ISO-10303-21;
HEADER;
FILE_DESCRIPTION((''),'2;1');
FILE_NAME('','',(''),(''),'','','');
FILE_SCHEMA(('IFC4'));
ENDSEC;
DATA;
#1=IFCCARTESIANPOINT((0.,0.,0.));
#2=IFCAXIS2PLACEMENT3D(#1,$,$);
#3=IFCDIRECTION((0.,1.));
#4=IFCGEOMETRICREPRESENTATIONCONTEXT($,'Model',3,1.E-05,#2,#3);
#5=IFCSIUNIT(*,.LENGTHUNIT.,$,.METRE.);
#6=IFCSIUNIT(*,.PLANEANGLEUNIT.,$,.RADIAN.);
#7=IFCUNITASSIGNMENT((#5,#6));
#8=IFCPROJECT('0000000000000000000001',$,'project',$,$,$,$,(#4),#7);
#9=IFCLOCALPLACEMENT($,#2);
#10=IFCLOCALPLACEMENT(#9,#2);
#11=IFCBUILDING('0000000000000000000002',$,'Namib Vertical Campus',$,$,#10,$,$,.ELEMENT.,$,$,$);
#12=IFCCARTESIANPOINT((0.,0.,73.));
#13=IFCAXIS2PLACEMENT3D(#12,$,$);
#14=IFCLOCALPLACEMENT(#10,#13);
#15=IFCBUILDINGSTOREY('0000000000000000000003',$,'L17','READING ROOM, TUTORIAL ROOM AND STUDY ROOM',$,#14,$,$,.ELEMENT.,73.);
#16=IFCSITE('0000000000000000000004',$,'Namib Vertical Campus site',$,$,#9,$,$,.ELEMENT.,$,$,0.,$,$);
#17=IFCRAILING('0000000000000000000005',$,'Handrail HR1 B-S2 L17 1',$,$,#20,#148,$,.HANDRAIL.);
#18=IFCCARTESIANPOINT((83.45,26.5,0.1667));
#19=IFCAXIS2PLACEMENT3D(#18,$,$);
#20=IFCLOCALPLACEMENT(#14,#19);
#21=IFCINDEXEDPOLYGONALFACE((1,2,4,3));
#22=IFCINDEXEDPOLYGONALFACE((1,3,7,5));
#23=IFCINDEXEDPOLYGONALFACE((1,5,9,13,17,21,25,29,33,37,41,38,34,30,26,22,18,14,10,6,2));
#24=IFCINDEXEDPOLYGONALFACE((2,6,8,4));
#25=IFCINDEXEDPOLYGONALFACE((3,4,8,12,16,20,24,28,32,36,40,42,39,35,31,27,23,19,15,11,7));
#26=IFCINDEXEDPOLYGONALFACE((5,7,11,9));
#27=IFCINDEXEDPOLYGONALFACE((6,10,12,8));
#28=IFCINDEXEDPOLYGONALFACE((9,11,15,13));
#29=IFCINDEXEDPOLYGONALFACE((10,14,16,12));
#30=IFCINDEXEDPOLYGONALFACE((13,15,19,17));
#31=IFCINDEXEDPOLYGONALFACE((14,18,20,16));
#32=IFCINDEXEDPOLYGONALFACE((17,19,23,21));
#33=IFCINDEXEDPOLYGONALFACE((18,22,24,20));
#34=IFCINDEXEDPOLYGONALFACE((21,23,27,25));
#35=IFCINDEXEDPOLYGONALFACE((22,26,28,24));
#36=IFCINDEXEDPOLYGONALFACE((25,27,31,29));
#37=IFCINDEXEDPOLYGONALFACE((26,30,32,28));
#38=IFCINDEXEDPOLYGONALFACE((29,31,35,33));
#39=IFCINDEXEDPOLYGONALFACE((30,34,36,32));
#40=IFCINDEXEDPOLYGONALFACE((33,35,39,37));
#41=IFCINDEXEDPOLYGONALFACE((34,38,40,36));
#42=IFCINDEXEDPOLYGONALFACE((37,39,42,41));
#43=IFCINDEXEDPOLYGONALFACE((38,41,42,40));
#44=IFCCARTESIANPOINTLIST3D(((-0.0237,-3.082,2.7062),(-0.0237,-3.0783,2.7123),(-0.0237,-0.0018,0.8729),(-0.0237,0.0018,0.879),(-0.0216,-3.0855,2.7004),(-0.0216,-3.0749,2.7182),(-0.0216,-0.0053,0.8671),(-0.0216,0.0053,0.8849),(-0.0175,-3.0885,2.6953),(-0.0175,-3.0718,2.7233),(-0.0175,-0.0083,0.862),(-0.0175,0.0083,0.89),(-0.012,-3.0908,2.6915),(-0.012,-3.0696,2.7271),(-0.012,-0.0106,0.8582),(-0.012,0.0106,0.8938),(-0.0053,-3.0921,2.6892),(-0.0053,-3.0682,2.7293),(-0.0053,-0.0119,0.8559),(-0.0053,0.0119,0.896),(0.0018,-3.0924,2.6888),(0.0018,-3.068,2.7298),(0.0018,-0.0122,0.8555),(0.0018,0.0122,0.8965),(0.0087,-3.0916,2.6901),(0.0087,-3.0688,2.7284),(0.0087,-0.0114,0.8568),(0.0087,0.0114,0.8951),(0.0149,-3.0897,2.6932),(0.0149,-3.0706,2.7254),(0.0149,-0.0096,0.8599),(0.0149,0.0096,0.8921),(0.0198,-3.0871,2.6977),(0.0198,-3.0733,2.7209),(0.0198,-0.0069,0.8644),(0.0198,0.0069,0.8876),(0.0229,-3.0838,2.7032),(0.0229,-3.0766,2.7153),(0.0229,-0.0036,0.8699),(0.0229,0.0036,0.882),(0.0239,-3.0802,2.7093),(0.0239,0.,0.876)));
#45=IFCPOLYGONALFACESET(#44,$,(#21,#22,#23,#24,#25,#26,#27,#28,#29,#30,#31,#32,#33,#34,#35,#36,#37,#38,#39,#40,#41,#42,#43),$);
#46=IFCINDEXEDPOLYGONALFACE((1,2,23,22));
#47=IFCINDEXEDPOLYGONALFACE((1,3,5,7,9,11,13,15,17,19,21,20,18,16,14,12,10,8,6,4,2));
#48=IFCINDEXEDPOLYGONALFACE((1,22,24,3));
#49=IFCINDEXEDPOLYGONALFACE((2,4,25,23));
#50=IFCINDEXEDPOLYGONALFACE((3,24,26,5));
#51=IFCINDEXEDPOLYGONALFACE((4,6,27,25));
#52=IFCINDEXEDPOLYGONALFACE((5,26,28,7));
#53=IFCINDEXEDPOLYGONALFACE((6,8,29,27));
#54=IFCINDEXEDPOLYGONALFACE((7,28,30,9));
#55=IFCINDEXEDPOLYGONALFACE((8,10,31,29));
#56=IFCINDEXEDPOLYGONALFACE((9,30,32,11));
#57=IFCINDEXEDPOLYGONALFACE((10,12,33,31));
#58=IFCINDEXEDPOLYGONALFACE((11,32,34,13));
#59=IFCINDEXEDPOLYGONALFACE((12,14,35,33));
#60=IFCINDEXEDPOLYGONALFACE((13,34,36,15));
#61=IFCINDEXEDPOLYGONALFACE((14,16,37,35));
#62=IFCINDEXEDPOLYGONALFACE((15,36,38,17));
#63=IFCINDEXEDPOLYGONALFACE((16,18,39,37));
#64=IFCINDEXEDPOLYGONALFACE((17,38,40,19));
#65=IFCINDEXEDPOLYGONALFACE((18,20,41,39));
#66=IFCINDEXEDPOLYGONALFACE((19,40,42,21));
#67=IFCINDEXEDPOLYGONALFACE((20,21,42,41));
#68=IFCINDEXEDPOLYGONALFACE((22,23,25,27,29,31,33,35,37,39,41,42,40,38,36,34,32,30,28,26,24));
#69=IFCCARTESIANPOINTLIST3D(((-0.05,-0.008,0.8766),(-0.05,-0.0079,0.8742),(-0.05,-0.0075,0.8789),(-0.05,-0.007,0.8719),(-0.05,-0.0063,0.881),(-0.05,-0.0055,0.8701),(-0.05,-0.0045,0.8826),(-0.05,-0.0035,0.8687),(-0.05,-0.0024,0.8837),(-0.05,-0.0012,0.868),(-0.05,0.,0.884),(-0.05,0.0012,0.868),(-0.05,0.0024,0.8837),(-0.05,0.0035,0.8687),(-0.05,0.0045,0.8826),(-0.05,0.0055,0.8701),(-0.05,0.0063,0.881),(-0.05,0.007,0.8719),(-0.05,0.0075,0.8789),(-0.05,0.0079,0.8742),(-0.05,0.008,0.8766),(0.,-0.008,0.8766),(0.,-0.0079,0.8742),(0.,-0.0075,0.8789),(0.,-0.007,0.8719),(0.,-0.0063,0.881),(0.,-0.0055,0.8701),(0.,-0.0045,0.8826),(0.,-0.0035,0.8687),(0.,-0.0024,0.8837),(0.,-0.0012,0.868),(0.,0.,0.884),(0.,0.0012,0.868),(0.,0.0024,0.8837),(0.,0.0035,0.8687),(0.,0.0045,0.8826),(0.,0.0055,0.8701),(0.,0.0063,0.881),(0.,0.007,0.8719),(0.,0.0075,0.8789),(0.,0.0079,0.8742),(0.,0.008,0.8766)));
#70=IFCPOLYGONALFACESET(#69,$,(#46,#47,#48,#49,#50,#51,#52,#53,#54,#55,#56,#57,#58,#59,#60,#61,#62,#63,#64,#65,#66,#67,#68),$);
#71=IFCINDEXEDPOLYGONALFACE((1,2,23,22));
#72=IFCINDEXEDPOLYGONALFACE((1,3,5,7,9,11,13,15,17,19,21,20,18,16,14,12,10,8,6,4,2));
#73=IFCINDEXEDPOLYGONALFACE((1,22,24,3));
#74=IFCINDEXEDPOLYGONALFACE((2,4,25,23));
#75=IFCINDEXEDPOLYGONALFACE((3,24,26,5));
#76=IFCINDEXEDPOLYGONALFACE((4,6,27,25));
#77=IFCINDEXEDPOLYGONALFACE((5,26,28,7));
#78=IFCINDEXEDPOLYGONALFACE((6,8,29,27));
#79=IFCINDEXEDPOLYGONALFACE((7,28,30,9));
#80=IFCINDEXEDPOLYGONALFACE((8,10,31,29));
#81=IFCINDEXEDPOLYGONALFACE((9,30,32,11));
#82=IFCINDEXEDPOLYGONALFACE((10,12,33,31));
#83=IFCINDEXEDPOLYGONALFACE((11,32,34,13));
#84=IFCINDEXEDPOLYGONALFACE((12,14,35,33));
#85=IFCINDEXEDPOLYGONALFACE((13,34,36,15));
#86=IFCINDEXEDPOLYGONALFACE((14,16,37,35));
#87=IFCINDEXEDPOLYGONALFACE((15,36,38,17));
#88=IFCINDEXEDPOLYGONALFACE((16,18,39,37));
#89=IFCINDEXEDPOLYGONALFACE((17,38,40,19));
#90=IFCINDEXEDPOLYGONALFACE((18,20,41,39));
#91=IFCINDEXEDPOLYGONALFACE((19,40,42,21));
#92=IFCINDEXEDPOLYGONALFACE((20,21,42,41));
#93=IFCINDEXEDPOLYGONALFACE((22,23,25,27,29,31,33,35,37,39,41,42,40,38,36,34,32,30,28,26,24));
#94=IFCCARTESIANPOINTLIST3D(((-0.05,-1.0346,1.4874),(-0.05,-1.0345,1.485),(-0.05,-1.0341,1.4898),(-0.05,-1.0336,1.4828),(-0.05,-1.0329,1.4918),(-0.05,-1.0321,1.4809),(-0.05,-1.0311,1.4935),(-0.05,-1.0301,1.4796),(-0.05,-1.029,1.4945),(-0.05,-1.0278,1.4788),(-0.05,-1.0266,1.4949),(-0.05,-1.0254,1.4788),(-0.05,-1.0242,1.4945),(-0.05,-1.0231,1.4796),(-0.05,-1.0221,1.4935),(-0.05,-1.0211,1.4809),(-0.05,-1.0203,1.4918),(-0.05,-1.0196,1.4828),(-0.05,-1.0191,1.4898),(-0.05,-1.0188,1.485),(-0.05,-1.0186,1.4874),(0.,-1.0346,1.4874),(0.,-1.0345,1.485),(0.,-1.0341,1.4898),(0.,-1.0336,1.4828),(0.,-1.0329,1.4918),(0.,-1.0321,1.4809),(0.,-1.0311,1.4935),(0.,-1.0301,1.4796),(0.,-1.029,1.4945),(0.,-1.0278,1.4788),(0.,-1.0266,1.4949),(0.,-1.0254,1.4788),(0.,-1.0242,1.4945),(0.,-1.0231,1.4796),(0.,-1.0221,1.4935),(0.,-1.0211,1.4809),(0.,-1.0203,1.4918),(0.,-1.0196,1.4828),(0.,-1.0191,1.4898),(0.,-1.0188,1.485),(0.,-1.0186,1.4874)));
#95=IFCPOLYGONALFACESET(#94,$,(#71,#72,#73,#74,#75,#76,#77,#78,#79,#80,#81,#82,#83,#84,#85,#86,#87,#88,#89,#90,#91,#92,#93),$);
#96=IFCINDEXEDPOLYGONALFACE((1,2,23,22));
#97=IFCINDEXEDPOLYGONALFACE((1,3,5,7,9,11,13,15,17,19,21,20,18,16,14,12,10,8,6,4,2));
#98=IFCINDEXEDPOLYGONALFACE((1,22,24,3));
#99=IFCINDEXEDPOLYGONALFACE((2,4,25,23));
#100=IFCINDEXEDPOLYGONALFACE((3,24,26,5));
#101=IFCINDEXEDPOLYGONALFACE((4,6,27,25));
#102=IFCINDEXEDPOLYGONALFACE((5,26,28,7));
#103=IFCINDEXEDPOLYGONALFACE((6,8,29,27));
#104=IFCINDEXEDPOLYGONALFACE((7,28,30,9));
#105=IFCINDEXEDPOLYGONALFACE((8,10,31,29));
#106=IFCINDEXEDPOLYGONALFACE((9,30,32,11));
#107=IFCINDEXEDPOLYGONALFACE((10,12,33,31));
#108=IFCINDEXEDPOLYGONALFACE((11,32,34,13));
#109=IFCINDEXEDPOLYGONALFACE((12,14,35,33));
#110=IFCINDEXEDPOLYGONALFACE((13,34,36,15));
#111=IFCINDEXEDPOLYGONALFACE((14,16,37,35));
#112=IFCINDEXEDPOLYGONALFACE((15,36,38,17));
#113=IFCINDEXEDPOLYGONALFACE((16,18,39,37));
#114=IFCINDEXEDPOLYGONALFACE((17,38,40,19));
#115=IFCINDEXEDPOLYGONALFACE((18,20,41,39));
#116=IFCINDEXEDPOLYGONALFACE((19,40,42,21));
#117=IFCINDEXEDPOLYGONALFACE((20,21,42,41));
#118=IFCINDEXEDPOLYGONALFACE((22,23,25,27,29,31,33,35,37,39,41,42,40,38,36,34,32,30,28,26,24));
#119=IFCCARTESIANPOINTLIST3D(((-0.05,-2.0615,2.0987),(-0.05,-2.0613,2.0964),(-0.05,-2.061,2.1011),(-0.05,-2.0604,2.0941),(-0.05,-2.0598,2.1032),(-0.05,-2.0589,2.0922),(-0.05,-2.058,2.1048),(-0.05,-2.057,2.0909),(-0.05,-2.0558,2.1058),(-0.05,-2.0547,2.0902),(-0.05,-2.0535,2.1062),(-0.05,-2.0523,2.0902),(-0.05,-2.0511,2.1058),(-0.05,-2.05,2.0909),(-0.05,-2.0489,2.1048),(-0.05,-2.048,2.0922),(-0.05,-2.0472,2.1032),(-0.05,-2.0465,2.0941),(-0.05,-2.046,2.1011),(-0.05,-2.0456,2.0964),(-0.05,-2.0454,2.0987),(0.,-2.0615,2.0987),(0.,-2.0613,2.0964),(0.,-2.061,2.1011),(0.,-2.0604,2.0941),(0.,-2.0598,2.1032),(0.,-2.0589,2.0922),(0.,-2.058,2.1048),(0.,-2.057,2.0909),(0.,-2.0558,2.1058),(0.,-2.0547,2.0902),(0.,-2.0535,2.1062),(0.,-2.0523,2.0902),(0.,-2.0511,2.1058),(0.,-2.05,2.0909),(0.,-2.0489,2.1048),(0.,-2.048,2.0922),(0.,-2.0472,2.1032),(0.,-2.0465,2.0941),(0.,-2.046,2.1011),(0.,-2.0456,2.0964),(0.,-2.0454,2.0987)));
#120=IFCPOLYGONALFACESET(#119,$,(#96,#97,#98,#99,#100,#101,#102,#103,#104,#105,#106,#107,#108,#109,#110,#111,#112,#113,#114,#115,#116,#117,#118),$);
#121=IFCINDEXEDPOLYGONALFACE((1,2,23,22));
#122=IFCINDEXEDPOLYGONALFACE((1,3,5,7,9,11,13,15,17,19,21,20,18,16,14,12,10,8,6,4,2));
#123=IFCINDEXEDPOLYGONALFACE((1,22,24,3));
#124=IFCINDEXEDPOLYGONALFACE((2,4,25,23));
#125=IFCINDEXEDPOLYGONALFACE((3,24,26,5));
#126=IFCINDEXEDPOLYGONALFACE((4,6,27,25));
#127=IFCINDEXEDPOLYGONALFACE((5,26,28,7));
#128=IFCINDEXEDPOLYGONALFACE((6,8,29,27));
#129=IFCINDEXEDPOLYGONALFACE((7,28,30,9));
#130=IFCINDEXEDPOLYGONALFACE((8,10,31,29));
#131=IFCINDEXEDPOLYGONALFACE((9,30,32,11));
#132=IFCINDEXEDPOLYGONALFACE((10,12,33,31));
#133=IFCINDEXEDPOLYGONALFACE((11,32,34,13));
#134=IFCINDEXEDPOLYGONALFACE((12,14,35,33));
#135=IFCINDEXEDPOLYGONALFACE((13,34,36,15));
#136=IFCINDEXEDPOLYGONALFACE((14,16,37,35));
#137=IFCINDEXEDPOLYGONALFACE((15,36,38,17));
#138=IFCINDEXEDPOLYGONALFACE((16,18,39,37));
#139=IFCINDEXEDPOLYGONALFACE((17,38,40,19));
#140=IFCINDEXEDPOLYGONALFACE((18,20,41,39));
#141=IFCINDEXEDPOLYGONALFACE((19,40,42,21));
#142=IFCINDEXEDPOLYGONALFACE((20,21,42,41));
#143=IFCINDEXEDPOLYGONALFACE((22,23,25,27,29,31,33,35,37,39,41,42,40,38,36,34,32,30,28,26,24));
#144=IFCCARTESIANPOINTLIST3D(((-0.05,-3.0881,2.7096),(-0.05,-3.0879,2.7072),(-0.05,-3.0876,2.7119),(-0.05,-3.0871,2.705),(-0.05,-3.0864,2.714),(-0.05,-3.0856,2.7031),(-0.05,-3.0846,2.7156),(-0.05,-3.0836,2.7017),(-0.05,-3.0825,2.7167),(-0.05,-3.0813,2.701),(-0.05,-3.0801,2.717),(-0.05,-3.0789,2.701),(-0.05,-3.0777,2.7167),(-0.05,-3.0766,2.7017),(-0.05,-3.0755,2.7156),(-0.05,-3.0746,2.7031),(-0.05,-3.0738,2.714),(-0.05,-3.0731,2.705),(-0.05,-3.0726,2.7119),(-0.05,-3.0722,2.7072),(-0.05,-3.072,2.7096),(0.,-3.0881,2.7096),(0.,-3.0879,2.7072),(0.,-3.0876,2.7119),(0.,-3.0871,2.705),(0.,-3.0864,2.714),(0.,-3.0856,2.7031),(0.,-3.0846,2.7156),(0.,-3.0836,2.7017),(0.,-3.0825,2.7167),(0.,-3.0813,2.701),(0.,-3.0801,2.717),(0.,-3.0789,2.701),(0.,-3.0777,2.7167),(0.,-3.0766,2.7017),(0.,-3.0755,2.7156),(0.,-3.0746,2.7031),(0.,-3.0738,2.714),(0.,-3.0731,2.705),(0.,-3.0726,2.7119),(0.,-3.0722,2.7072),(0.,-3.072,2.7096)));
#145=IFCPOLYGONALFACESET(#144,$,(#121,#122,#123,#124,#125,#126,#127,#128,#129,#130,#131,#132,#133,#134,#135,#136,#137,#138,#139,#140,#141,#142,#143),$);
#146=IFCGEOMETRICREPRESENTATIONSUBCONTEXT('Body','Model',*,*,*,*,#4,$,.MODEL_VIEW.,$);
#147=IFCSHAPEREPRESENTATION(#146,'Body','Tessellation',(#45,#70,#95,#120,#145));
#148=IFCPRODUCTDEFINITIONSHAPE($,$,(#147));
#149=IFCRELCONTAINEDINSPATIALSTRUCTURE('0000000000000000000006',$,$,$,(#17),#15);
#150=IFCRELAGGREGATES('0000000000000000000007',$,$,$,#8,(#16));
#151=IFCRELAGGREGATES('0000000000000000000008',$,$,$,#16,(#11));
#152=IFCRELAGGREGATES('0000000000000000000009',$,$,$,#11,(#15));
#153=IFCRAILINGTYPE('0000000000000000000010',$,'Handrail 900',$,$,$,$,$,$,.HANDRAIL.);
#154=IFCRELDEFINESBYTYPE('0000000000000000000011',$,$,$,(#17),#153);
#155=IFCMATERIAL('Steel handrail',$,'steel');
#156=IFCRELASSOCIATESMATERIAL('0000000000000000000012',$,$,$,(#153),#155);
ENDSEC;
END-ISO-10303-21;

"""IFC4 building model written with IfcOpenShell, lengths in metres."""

from ifc_helpers import new_model, si_unit, direction, frame, origin, origin_2d, place, context, subcontext, project, spatial, circle, extrude, material, type_object, element, save


model = new_model("IFC4")

# Units and contexts
model_context = context("Model", 3, precision=1e-05, world=origin(), true_north=direction((0.0, 1.0)))
body_context = subcontext(model_context, "Body", "Model", "MODEL_VIEW")
ifc_project = project(units=[si_unit("LENGTHUNIT", "METRE"), si_unit("PLANEANGLEUNIT", "RADIAN")], contexts=[model_context])

# Site, building, storey
site_placement = place(None, origin())
site = spatial("IfcSite", under=ifc_project, at=site_placement, Name="Namib Vertical Campus site", CompositionType="ELEMENT", RefElevation=0.0)
building_placement = place(site_placement, origin())
building = spatial("IfcBuilding", under=site, at=building_placement, Name="Namib Vertical Campus", CompositionType="ELEMENT")
storey_placement = place(building_placement, frame((0.0, 0.0, 73.0)))
storey = spatial("IfcBuildingStorey", under=building, at=storey_placement, Name="L17", Description="READING ROOM, TUTORIAL ROOM AND STUDY ROOM", CompositionType="ELEMENT", Elevation=73.0)

# Railing
ifc_material_1 = material(Name="Steel handrail", Category="steel")
railing_type_1 = type_object("IfcRailingType", Name="Handrail 900", PredefinedType="HANDRAIL", material=ifc_material_1)
railing_1_placement = place(storey_placement, frame((83.45, 26.5, 0.1667)))
element("IfcRailing", 1, at=railing_1_placement, inside=storey, type_object=railing_type_1, Name="Handrail HR1 B-S2 L17 1", PredefinedType="HANDRAIL", context=body_context, shape_type="SweptSolid", body=[
    extrude(circle(Radius=0.0239, at=origin_2d()), frame((0.0, 0.0, 0.876), z_axis=(0.0, -0.859309, 0.511458), x_axis=(1.0, 0.0, 0.0)), (0.0, 0.0, 1.0), 3.5845),
    extrude(circle(Radius=0.0081, at=origin_2d()), frame((0.0, 0.0, 0.876), z_axis=(-1.0, 0.0, 0.0), x_axis=(0.0, 0.0, 1.0)), (0.0, 0.0, 1.0), 0.05),
    extrude(circle(Radius=0.0081, at=origin_2d()), frame((0.0, -1.0266, 1.4868), z_axis=(-1.0, 0.0, 0.0), x_axis=(0.0, 0.0, 1.0)), (0.0, 0.0, 1.0), 0.05),
    extrude(circle(Radius=0.0081, at=origin_2d()), frame((0.0, -2.0535, 2.0981), z_axis=(-1.0, 0.0, 0.0), x_axis=(0.0, 0.0, 1.0)), (0.0, 0.0, 1.0), 0.05),
    extrude(circle(Radius=0.0081, at=origin_2d()), frame((0.0, -3.0801, 2.709), z_axis=(-1.0, 0.0, 0.0), x_axis=(0.0, 0.0, 1.0)), (0.0, 0.0, 1.0), 0.05),
])

save(model, "model.ifc")
